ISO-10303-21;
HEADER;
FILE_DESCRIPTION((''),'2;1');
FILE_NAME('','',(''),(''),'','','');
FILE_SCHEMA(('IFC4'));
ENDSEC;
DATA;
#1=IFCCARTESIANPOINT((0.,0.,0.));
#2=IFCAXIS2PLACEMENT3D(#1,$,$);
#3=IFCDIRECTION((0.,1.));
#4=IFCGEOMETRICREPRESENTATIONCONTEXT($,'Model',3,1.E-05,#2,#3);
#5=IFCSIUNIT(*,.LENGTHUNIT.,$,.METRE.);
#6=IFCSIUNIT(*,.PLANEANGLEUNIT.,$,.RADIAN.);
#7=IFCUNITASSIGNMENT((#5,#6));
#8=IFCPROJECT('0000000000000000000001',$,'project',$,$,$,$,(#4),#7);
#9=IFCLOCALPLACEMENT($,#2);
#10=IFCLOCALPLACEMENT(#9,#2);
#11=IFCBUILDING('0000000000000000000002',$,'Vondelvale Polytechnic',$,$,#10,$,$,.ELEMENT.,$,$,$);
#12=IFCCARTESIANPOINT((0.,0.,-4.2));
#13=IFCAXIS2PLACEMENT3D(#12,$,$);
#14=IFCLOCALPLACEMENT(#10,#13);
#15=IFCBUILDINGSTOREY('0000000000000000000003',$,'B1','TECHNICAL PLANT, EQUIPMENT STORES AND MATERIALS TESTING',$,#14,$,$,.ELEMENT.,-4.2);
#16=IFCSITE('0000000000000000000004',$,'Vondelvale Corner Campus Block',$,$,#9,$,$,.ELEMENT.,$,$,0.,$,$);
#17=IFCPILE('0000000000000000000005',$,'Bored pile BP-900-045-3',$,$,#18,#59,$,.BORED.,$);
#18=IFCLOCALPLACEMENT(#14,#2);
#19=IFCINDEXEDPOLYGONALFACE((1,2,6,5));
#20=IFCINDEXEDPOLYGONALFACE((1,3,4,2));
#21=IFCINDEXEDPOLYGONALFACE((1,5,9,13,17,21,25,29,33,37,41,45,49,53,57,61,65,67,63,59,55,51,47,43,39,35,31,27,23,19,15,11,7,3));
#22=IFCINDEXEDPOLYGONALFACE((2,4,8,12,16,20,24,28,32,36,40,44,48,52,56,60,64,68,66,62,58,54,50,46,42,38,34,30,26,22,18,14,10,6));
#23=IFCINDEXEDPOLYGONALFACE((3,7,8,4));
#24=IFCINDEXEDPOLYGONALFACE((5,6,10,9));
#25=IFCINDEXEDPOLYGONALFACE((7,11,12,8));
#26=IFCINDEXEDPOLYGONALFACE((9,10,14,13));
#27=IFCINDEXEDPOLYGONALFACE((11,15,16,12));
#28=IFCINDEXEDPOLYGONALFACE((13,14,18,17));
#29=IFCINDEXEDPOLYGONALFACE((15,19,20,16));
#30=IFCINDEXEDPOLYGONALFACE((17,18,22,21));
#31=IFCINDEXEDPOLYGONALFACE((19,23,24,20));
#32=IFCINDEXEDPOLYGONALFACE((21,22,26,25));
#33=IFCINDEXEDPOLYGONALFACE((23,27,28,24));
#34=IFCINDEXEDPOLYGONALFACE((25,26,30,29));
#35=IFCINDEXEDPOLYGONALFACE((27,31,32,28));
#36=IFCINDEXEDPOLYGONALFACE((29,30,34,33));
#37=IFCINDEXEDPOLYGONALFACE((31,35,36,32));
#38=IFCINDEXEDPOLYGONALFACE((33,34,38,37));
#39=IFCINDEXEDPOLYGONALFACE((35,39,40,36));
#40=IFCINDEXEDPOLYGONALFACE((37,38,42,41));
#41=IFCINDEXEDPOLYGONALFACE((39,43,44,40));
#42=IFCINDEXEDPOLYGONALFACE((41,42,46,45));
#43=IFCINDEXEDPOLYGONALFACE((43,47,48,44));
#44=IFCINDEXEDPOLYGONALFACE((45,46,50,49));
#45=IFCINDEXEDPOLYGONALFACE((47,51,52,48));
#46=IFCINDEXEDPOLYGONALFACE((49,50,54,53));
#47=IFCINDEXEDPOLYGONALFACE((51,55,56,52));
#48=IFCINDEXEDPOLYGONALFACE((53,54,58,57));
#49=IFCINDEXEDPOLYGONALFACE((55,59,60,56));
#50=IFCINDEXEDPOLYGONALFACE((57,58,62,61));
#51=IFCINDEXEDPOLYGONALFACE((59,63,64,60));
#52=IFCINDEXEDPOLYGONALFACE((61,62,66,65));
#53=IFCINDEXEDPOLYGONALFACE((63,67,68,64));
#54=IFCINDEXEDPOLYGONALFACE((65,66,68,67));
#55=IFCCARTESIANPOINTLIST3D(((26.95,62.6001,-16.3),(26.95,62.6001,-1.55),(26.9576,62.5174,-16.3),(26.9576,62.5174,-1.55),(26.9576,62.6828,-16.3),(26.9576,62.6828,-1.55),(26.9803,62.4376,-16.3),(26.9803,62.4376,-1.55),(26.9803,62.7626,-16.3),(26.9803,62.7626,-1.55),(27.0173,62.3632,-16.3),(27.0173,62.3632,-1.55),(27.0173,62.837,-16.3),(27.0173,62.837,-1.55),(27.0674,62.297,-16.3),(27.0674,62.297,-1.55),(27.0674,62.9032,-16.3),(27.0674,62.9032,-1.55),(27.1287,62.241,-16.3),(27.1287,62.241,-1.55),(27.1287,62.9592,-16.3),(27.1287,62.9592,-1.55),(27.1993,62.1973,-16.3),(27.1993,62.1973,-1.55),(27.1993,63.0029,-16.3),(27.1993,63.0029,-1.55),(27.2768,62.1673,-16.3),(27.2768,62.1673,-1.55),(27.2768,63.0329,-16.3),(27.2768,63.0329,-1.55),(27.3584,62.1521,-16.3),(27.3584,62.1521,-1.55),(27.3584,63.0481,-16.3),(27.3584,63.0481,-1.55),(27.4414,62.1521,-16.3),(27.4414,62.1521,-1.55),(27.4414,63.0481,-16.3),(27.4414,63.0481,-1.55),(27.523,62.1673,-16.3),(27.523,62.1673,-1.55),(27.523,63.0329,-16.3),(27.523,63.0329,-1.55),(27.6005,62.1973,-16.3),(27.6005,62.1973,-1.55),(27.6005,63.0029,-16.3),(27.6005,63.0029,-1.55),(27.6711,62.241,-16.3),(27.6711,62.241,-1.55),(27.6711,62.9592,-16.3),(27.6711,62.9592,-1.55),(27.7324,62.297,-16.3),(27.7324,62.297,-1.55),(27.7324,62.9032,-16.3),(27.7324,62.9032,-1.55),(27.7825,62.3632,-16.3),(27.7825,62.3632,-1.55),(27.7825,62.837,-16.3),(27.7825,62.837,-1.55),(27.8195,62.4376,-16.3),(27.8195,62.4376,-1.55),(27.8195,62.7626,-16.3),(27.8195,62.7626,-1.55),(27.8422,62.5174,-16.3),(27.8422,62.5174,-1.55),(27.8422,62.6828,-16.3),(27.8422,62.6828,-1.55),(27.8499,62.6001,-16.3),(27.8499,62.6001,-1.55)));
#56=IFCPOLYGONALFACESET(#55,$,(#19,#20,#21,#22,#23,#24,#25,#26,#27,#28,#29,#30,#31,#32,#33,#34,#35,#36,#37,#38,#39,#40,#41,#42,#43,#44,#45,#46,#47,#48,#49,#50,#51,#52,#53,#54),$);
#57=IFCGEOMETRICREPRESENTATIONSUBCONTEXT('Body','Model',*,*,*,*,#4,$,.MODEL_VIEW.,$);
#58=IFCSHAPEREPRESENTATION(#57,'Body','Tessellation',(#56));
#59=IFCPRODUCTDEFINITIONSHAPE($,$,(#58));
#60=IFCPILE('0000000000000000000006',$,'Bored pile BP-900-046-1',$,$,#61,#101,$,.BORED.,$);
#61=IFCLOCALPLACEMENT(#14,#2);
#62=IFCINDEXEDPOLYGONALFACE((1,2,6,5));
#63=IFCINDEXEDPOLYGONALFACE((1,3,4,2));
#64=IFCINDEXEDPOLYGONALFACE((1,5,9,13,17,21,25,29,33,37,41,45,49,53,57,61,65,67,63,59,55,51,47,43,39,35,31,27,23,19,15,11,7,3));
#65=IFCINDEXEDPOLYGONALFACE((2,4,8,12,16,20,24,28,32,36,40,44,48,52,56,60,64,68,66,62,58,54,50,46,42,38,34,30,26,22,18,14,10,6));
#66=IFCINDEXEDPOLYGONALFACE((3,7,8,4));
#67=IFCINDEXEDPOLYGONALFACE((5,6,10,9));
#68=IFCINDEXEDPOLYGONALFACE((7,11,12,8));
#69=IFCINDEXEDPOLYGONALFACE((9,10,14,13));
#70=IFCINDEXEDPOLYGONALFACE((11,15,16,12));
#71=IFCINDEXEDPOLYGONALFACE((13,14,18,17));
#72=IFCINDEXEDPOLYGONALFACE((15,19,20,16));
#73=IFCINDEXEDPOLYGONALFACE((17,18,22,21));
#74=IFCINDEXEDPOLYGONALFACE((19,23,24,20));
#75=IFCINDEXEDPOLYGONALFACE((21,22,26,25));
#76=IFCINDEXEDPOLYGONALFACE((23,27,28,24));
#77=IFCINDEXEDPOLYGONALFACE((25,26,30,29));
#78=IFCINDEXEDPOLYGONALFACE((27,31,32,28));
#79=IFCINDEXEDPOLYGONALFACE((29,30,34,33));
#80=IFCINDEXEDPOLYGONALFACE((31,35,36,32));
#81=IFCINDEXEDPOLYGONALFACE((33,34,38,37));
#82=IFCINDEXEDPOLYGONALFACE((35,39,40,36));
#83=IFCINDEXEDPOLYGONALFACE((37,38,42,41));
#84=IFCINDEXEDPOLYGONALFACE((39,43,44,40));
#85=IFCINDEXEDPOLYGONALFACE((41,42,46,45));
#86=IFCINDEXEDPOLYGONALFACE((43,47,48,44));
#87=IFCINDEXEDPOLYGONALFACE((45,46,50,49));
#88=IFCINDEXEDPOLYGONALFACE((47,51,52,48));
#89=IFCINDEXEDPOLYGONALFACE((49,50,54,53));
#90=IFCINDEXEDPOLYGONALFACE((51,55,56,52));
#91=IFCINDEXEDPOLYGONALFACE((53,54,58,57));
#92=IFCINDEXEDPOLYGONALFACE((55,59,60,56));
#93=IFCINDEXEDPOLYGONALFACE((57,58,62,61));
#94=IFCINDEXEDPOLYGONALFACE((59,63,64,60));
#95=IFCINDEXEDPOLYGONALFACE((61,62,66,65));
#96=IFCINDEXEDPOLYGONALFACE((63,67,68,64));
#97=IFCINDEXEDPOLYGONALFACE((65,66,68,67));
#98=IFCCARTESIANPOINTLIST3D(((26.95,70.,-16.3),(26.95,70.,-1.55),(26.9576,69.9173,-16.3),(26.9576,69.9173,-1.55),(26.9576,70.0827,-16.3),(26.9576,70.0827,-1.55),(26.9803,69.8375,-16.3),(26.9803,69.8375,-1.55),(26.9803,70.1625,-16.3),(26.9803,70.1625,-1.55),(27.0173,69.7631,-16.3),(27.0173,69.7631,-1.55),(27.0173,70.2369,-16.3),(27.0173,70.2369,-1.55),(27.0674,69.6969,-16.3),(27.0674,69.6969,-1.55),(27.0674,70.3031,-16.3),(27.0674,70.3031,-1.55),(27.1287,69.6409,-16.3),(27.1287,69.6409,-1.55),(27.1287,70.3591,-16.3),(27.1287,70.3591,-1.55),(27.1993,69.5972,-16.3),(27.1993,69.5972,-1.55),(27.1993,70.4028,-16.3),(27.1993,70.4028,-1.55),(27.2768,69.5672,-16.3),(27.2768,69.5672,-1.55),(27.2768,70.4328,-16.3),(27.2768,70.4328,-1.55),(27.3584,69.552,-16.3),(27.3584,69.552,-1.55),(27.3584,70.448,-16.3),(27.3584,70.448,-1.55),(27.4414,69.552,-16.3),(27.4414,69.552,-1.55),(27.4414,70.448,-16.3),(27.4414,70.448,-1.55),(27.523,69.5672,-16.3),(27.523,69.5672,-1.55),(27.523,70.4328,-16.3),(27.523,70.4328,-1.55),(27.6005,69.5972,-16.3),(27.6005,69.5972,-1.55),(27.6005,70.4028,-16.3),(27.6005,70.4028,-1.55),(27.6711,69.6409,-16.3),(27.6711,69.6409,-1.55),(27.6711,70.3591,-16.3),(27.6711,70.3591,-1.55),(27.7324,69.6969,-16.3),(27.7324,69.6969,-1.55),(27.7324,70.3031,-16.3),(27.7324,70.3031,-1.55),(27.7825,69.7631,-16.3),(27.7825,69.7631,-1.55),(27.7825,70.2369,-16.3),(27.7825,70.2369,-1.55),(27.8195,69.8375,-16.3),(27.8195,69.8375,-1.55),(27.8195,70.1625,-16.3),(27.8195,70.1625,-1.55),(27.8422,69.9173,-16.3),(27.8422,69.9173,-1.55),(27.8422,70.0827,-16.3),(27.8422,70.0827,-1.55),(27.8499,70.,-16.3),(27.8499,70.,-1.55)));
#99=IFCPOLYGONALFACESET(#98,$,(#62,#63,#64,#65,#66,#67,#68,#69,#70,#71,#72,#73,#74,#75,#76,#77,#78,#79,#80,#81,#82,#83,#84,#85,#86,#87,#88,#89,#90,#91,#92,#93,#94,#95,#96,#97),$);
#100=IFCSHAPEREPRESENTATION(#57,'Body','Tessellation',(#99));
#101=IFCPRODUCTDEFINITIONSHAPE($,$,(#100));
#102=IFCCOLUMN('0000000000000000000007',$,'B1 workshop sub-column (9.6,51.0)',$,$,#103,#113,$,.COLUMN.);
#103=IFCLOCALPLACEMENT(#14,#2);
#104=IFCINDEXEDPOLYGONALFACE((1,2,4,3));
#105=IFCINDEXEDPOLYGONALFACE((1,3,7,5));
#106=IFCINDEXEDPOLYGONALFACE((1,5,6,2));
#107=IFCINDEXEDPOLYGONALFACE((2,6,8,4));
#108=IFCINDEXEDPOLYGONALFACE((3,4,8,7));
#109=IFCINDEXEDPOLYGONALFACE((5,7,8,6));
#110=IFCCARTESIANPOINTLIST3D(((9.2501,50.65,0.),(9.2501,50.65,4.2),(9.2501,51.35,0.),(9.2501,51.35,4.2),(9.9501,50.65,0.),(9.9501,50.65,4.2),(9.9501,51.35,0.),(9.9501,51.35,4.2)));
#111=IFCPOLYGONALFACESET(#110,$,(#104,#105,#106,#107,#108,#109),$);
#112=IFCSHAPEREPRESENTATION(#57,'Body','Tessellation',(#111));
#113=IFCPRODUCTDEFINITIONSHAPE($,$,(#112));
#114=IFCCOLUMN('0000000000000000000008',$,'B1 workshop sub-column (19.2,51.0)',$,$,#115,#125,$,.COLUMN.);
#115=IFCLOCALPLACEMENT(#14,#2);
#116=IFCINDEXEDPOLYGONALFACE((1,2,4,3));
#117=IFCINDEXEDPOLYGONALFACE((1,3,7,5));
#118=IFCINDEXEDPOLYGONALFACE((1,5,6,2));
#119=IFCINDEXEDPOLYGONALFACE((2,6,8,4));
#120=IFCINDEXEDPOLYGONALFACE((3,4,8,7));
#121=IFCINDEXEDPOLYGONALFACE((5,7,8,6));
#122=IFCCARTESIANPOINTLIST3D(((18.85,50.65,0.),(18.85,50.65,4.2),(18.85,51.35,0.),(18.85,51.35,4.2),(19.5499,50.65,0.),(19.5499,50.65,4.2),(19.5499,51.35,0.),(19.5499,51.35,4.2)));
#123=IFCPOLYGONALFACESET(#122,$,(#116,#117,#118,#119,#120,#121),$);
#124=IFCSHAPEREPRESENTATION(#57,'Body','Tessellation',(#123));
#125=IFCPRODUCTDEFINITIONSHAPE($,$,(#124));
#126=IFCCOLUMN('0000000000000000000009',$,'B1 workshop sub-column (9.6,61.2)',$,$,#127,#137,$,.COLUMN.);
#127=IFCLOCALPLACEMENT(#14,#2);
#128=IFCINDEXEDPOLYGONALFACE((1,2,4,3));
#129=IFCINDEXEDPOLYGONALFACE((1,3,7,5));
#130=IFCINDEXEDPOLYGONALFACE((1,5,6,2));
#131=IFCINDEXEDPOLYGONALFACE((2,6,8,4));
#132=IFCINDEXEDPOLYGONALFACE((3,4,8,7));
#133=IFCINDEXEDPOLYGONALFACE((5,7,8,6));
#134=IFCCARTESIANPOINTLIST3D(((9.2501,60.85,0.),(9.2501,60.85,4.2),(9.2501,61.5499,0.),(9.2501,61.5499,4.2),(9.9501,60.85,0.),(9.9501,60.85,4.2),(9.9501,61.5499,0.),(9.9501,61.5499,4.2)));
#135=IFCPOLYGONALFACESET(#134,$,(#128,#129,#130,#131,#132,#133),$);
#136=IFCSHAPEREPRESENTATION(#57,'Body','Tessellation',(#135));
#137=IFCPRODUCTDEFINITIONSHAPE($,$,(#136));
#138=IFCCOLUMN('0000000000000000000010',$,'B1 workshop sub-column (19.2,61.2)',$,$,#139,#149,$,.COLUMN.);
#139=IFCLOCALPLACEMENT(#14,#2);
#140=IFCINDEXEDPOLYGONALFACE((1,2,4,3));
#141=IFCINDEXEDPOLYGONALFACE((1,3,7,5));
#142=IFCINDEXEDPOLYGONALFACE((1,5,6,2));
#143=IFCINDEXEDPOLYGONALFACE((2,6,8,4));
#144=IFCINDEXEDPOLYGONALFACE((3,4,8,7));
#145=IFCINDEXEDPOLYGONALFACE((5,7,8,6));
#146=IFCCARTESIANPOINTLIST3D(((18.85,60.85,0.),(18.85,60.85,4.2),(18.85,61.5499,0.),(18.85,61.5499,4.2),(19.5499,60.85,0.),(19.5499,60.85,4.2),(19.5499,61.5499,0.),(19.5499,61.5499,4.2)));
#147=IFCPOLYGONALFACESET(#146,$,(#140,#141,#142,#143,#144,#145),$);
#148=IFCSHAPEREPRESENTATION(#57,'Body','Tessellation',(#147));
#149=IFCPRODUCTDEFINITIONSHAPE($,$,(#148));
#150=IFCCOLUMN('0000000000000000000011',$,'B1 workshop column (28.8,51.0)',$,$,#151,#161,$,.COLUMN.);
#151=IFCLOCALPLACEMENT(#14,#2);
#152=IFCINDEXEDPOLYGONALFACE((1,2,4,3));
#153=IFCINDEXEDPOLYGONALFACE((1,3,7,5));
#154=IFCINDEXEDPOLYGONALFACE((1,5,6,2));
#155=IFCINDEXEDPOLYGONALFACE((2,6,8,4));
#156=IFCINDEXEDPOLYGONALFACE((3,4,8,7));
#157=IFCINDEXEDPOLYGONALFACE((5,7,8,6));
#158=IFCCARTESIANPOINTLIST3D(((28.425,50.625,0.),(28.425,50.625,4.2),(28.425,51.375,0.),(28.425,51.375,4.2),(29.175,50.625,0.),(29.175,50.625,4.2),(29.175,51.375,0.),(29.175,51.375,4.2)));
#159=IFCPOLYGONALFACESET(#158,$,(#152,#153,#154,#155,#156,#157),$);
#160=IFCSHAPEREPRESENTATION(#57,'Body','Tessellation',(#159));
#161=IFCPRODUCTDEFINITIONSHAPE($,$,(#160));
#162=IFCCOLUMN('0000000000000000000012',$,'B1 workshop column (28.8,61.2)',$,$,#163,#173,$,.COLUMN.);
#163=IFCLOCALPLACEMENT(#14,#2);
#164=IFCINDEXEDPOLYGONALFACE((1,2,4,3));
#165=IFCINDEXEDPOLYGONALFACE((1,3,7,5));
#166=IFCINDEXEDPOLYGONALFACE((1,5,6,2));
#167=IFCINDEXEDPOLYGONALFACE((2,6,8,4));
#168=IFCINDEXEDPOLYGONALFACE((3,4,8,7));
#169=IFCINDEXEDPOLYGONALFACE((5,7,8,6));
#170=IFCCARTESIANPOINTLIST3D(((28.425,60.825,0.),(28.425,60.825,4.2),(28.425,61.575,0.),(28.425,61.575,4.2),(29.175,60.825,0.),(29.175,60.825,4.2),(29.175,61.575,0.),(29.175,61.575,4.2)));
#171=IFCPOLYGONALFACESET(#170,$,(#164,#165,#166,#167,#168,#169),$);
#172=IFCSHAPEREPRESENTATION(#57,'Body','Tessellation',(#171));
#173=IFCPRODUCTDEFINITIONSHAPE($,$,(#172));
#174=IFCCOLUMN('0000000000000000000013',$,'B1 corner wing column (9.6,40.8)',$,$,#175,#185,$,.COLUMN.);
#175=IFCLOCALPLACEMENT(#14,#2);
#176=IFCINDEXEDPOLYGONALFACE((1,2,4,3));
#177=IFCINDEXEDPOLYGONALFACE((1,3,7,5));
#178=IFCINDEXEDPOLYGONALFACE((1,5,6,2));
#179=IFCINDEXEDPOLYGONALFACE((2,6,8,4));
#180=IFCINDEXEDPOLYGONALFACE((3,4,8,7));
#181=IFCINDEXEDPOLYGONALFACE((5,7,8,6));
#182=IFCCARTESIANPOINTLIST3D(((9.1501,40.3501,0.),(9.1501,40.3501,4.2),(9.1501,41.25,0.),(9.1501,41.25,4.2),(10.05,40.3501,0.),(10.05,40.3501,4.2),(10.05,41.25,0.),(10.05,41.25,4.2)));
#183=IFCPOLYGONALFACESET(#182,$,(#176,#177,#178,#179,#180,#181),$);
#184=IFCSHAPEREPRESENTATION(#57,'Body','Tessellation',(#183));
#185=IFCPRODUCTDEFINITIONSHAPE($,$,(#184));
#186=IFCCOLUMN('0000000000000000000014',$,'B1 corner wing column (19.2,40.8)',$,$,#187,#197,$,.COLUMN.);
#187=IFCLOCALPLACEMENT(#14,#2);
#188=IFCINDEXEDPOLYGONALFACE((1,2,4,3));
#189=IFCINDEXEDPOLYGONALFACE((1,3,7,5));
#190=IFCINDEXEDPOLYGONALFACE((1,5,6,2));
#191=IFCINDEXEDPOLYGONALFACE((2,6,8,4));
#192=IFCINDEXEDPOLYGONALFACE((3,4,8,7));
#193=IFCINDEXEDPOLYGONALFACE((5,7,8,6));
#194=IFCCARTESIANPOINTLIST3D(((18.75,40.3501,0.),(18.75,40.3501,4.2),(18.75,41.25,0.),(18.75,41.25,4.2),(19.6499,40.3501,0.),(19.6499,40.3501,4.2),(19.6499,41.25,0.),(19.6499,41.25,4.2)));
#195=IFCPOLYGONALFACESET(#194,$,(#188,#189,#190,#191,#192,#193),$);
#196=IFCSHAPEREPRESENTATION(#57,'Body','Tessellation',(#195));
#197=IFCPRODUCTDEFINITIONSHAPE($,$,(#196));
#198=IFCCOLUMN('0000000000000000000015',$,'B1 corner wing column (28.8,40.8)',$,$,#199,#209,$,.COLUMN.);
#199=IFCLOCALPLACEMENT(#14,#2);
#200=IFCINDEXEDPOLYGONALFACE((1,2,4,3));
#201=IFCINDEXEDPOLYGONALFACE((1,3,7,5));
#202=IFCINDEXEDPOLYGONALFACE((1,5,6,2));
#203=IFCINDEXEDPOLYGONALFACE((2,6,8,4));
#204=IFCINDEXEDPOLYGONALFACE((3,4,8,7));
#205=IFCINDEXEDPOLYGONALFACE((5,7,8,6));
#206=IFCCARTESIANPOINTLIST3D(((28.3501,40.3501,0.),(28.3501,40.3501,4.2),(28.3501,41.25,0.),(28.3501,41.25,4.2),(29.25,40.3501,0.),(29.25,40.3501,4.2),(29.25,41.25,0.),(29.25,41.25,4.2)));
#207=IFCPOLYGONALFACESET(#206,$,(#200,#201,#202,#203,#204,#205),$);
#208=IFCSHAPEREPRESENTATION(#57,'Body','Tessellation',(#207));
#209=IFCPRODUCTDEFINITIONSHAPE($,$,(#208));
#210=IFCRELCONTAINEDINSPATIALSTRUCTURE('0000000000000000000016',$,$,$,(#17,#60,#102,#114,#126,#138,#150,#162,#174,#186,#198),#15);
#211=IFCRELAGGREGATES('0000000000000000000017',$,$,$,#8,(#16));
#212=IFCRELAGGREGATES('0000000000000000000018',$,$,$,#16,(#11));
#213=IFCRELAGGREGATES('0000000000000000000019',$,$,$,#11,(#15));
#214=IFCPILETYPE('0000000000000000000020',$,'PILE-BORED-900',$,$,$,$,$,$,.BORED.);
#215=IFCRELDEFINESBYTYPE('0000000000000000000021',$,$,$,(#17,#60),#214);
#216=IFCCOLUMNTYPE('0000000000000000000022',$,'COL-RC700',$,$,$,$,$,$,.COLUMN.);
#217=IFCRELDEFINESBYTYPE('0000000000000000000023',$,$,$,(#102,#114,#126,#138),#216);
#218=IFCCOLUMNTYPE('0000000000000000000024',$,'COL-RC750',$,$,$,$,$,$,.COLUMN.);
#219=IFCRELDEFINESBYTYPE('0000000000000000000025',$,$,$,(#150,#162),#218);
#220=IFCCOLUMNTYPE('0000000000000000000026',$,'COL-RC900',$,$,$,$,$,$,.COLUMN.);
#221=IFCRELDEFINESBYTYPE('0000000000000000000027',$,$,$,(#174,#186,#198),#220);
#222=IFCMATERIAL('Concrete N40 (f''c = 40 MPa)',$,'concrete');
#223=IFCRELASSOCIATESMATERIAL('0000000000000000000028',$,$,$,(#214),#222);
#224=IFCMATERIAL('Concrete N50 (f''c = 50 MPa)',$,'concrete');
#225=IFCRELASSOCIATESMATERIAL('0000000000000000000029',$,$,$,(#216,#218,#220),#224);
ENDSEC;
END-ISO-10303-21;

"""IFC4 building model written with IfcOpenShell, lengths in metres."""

from ifc_helpers import new_model, si_unit, direction, frame, origin, origin_2d, place, context, subcontext, project, spatial, rectangle, circle, extrude, material, material_profile, profile_set, type_object, element, save


model = new_model("IFC4")

# Units and contexts
model_context = context("Model", 3, precision=1e-05, world=origin(), true_north=direction((0.0, 1.0)))
body_context = subcontext(model_context, "Body", "Model", "MODEL_VIEW")
ifc_project = project(units=[si_unit("LENGTHUNIT", "METRE"), si_unit("PLANEANGLEUNIT", "RADIAN")], contexts=[model_context])

# Site, building, storey
site_placement = place(None, origin())
site = spatial("IfcSite", under=ifc_project, at=site_placement, Name="Vondelvale Corner Campus Block", CompositionType="ELEMENT", RefElevation=0.0)
building_placement = place(site_placement, origin())
building = spatial("IfcBuilding", under=site, at=building_placement, Name="Vondelvale Polytechnic", CompositionType="ELEMENT")
storey_placement = place(building_placement, frame((0.0, 0.0, -4.2)))
storey = spatial("IfcBuildingStorey", under=building, at=storey_placement, Name="B1", Description="TECHNICAL PLANT, EQUIPMENT STORES AND MATERIALS TESTING", CompositionType="ELEMENT", Elevation=-4.2)

# Shared definitions
ifc_material_1 = material(Name="Concrete N40 (f'c = 40 MPa)", Category="concrete")

# Piles
ifc_material_profile_1 = material_profile(ifc_material_1, circle(Radius=0.45, at=origin_2d()), Name="PILE-D900")
ifc_profile_set_1 = profile_set([ifc_material_profile_1], Name="Concrete N40 (f'c = 40 MPa)")
pile_type_1 = type_object("IfcPileType", Name="PILE-BORED-900", PredefinedType="BORED", material=ifc_profile_set_1)
for number, where, z_axis, x_axis, name in (
    (1, (27.3999, 62.6001, -1.55), (0.0, 0.0, -1.0), (1.0, 0.0, 0.0), "Bored pile BP-900-045-3"),
    (2, (27.3999, 70.0, -1.55), (0.0, 0.0, -1.0), (1.0, 0.0, 0.0), "Bored pile BP-900-046-1"),
):
    element("IfcPile", number, at=place(storey_placement, frame(where, z_axis=z_axis, x_axis=x_axis)), inside=storey, type_object=pile_type_1, Name=name, PredefinedType="BORED", context=body_context, shape_type="SweptSolid", body=[
        extrude(circle(Radius=0.45, at=origin_2d()), origin(), (0.0, 0.0, 1.0), 14.75),
    ])

# Columns
ifc_material_2 = material(Name="Concrete N50 (f'c = 50 MPa)", Category="concrete")
ifc_material_profile_2 = material_profile(ifc_material_2, rectangle(XDim=0.7, YDim=0.7, at=origin_2d()), Name="RC-COL-700x700")
ifc_profile_set_2 = profile_set([ifc_material_profile_2], Name="Concrete N50 (f'c = 50 MPa)")
column_type_1 = type_object("IfcColumnType", Name="COL-RC700", PredefinedType="COLUMN", material=ifc_profile_set_2)
for number, where, z_axis, x_axis, name in (
    (3, (9.6001, 51.0, 0.0), (0.0, 0.0, 1.0), (1.0, 0.0, 0.0), "B1 workshop sub-column (9.6,51.0)"),
    (4, (19.2, 51.0, 0.0), (0.0, 0.0, 1.0), (1.0, 0.0, 0.0), "B1 workshop sub-column (19.2,51.0)"),
    (5, (9.6001, 61.2, 0.0), (0.0, 0.0, 1.0), (1.0, 0.0, 0.0), "B1 workshop sub-column (9.6,61.2)"),
    (6, (19.2, 61.2, 0.0), (0.0, 0.0, 1.0), (1.0, 0.0, 0.0), "B1 workshop sub-column (19.2,61.2)"),
):
    element("IfcColumn", number, at=place(storey_placement, frame(where, z_axis=z_axis, x_axis=x_axis)), inside=storey, type_object=column_type_1, Name=name, PredefinedType="COLUMN", context=body_context, shape_type="SweptSolid", body=[
        extrude(rectangle(XDim=0.7, YDim=0.7, at=origin_2d()), origin(), (0.0, 0.0, 1.0), 4.2),
    ])
ifc_material_profile_3 = material_profile(ifc_material_2, rectangle(XDim=0.75, YDim=0.75, at=origin_2d()), Name="RC-COL-750x750")
ifc_profile_set_3 = profile_set([ifc_material_profile_3], Name="Concrete N50 (f'c = 50 MPa)")
column_type_2 = type_object("IfcColumnType", Name="COL-RC750", PredefinedType="COLUMN", material=ifc_profile_set_3)
for number, where, z_axis, x_axis, name in (
    (7, (28.8, 51.0, 0.0), (0.0, 0.0, 1.0), (1.0, 0.0, 0.0), "B1 workshop column (28.8,51.0)"),
    (8, (28.8, 61.2, 0.0), (0.0, 0.0, 1.0), (1.0, 0.0, 0.0), "B1 workshop column (28.8,61.2)"),
):
    element("IfcColumn", number, at=place(storey_placement, frame(where, z_axis=z_axis, x_axis=x_axis)), inside=storey, type_object=column_type_2, Name=name, PredefinedType="COLUMN", context=body_context, shape_type="SweptSolid", body=[
        extrude(rectangle(XDim=0.75, YDim=0.75, at=origin_2d()), origin(), (0.0, 0.0, 1.0), 4.2),
    ])
ifc_material_profile_4 = material_profile(ifc_material_2, rectangle(XDim=0.8999, YDim=0.8999, at=origin_2d()), Name="RC-COL-900x900")
ifc_profile_set_4 = profile_set([ifc_material_profile_4], Name="Concrete N50 (f'c = 50 MPa)")
column_type_3 = type_object("IfcColumnType", Name="COL-RC900", PredefinedType="COLUMN", material=ifc_profile_set_4)
for number, where, z_axis, x_axis, name in (
    (9, (9.6001, 40.8, 0.0), (0.0, 0.0, 1.0), (1.0, 0.0, 0.0), "B1 corner wing column (9.6,40.8)"),
    (10, (19.2, 40.8, 0.0), (0.0, 0.0, 1.0), (1.0, 0.0, 0.0), "B1 corner wing column (19.2,40.8)"),
    (11, (28.8, 40.8, 0.0), (0.0, 0.0, 1.0), (1.0, 0.0, 0.0), "B1 corner wing column (28.8,40.8)"),
):
    element("IfcColumn", number, at=place(storey_placement, frame(where, z_axis=z_axis, x_axis=x_axis)), inside=storey, type_object=column_type_3, Name=name, PredefinedType="COLUMN", context=body_context, shape_type="SweptSolid", body=[
        extrude(rectangle(XDim=0.8999, YDim=0.8999, at=origin_2d()), origin(), (0.0, 0.0, 1.0), 4.2),
    ])

save(model, "model.ifc")
